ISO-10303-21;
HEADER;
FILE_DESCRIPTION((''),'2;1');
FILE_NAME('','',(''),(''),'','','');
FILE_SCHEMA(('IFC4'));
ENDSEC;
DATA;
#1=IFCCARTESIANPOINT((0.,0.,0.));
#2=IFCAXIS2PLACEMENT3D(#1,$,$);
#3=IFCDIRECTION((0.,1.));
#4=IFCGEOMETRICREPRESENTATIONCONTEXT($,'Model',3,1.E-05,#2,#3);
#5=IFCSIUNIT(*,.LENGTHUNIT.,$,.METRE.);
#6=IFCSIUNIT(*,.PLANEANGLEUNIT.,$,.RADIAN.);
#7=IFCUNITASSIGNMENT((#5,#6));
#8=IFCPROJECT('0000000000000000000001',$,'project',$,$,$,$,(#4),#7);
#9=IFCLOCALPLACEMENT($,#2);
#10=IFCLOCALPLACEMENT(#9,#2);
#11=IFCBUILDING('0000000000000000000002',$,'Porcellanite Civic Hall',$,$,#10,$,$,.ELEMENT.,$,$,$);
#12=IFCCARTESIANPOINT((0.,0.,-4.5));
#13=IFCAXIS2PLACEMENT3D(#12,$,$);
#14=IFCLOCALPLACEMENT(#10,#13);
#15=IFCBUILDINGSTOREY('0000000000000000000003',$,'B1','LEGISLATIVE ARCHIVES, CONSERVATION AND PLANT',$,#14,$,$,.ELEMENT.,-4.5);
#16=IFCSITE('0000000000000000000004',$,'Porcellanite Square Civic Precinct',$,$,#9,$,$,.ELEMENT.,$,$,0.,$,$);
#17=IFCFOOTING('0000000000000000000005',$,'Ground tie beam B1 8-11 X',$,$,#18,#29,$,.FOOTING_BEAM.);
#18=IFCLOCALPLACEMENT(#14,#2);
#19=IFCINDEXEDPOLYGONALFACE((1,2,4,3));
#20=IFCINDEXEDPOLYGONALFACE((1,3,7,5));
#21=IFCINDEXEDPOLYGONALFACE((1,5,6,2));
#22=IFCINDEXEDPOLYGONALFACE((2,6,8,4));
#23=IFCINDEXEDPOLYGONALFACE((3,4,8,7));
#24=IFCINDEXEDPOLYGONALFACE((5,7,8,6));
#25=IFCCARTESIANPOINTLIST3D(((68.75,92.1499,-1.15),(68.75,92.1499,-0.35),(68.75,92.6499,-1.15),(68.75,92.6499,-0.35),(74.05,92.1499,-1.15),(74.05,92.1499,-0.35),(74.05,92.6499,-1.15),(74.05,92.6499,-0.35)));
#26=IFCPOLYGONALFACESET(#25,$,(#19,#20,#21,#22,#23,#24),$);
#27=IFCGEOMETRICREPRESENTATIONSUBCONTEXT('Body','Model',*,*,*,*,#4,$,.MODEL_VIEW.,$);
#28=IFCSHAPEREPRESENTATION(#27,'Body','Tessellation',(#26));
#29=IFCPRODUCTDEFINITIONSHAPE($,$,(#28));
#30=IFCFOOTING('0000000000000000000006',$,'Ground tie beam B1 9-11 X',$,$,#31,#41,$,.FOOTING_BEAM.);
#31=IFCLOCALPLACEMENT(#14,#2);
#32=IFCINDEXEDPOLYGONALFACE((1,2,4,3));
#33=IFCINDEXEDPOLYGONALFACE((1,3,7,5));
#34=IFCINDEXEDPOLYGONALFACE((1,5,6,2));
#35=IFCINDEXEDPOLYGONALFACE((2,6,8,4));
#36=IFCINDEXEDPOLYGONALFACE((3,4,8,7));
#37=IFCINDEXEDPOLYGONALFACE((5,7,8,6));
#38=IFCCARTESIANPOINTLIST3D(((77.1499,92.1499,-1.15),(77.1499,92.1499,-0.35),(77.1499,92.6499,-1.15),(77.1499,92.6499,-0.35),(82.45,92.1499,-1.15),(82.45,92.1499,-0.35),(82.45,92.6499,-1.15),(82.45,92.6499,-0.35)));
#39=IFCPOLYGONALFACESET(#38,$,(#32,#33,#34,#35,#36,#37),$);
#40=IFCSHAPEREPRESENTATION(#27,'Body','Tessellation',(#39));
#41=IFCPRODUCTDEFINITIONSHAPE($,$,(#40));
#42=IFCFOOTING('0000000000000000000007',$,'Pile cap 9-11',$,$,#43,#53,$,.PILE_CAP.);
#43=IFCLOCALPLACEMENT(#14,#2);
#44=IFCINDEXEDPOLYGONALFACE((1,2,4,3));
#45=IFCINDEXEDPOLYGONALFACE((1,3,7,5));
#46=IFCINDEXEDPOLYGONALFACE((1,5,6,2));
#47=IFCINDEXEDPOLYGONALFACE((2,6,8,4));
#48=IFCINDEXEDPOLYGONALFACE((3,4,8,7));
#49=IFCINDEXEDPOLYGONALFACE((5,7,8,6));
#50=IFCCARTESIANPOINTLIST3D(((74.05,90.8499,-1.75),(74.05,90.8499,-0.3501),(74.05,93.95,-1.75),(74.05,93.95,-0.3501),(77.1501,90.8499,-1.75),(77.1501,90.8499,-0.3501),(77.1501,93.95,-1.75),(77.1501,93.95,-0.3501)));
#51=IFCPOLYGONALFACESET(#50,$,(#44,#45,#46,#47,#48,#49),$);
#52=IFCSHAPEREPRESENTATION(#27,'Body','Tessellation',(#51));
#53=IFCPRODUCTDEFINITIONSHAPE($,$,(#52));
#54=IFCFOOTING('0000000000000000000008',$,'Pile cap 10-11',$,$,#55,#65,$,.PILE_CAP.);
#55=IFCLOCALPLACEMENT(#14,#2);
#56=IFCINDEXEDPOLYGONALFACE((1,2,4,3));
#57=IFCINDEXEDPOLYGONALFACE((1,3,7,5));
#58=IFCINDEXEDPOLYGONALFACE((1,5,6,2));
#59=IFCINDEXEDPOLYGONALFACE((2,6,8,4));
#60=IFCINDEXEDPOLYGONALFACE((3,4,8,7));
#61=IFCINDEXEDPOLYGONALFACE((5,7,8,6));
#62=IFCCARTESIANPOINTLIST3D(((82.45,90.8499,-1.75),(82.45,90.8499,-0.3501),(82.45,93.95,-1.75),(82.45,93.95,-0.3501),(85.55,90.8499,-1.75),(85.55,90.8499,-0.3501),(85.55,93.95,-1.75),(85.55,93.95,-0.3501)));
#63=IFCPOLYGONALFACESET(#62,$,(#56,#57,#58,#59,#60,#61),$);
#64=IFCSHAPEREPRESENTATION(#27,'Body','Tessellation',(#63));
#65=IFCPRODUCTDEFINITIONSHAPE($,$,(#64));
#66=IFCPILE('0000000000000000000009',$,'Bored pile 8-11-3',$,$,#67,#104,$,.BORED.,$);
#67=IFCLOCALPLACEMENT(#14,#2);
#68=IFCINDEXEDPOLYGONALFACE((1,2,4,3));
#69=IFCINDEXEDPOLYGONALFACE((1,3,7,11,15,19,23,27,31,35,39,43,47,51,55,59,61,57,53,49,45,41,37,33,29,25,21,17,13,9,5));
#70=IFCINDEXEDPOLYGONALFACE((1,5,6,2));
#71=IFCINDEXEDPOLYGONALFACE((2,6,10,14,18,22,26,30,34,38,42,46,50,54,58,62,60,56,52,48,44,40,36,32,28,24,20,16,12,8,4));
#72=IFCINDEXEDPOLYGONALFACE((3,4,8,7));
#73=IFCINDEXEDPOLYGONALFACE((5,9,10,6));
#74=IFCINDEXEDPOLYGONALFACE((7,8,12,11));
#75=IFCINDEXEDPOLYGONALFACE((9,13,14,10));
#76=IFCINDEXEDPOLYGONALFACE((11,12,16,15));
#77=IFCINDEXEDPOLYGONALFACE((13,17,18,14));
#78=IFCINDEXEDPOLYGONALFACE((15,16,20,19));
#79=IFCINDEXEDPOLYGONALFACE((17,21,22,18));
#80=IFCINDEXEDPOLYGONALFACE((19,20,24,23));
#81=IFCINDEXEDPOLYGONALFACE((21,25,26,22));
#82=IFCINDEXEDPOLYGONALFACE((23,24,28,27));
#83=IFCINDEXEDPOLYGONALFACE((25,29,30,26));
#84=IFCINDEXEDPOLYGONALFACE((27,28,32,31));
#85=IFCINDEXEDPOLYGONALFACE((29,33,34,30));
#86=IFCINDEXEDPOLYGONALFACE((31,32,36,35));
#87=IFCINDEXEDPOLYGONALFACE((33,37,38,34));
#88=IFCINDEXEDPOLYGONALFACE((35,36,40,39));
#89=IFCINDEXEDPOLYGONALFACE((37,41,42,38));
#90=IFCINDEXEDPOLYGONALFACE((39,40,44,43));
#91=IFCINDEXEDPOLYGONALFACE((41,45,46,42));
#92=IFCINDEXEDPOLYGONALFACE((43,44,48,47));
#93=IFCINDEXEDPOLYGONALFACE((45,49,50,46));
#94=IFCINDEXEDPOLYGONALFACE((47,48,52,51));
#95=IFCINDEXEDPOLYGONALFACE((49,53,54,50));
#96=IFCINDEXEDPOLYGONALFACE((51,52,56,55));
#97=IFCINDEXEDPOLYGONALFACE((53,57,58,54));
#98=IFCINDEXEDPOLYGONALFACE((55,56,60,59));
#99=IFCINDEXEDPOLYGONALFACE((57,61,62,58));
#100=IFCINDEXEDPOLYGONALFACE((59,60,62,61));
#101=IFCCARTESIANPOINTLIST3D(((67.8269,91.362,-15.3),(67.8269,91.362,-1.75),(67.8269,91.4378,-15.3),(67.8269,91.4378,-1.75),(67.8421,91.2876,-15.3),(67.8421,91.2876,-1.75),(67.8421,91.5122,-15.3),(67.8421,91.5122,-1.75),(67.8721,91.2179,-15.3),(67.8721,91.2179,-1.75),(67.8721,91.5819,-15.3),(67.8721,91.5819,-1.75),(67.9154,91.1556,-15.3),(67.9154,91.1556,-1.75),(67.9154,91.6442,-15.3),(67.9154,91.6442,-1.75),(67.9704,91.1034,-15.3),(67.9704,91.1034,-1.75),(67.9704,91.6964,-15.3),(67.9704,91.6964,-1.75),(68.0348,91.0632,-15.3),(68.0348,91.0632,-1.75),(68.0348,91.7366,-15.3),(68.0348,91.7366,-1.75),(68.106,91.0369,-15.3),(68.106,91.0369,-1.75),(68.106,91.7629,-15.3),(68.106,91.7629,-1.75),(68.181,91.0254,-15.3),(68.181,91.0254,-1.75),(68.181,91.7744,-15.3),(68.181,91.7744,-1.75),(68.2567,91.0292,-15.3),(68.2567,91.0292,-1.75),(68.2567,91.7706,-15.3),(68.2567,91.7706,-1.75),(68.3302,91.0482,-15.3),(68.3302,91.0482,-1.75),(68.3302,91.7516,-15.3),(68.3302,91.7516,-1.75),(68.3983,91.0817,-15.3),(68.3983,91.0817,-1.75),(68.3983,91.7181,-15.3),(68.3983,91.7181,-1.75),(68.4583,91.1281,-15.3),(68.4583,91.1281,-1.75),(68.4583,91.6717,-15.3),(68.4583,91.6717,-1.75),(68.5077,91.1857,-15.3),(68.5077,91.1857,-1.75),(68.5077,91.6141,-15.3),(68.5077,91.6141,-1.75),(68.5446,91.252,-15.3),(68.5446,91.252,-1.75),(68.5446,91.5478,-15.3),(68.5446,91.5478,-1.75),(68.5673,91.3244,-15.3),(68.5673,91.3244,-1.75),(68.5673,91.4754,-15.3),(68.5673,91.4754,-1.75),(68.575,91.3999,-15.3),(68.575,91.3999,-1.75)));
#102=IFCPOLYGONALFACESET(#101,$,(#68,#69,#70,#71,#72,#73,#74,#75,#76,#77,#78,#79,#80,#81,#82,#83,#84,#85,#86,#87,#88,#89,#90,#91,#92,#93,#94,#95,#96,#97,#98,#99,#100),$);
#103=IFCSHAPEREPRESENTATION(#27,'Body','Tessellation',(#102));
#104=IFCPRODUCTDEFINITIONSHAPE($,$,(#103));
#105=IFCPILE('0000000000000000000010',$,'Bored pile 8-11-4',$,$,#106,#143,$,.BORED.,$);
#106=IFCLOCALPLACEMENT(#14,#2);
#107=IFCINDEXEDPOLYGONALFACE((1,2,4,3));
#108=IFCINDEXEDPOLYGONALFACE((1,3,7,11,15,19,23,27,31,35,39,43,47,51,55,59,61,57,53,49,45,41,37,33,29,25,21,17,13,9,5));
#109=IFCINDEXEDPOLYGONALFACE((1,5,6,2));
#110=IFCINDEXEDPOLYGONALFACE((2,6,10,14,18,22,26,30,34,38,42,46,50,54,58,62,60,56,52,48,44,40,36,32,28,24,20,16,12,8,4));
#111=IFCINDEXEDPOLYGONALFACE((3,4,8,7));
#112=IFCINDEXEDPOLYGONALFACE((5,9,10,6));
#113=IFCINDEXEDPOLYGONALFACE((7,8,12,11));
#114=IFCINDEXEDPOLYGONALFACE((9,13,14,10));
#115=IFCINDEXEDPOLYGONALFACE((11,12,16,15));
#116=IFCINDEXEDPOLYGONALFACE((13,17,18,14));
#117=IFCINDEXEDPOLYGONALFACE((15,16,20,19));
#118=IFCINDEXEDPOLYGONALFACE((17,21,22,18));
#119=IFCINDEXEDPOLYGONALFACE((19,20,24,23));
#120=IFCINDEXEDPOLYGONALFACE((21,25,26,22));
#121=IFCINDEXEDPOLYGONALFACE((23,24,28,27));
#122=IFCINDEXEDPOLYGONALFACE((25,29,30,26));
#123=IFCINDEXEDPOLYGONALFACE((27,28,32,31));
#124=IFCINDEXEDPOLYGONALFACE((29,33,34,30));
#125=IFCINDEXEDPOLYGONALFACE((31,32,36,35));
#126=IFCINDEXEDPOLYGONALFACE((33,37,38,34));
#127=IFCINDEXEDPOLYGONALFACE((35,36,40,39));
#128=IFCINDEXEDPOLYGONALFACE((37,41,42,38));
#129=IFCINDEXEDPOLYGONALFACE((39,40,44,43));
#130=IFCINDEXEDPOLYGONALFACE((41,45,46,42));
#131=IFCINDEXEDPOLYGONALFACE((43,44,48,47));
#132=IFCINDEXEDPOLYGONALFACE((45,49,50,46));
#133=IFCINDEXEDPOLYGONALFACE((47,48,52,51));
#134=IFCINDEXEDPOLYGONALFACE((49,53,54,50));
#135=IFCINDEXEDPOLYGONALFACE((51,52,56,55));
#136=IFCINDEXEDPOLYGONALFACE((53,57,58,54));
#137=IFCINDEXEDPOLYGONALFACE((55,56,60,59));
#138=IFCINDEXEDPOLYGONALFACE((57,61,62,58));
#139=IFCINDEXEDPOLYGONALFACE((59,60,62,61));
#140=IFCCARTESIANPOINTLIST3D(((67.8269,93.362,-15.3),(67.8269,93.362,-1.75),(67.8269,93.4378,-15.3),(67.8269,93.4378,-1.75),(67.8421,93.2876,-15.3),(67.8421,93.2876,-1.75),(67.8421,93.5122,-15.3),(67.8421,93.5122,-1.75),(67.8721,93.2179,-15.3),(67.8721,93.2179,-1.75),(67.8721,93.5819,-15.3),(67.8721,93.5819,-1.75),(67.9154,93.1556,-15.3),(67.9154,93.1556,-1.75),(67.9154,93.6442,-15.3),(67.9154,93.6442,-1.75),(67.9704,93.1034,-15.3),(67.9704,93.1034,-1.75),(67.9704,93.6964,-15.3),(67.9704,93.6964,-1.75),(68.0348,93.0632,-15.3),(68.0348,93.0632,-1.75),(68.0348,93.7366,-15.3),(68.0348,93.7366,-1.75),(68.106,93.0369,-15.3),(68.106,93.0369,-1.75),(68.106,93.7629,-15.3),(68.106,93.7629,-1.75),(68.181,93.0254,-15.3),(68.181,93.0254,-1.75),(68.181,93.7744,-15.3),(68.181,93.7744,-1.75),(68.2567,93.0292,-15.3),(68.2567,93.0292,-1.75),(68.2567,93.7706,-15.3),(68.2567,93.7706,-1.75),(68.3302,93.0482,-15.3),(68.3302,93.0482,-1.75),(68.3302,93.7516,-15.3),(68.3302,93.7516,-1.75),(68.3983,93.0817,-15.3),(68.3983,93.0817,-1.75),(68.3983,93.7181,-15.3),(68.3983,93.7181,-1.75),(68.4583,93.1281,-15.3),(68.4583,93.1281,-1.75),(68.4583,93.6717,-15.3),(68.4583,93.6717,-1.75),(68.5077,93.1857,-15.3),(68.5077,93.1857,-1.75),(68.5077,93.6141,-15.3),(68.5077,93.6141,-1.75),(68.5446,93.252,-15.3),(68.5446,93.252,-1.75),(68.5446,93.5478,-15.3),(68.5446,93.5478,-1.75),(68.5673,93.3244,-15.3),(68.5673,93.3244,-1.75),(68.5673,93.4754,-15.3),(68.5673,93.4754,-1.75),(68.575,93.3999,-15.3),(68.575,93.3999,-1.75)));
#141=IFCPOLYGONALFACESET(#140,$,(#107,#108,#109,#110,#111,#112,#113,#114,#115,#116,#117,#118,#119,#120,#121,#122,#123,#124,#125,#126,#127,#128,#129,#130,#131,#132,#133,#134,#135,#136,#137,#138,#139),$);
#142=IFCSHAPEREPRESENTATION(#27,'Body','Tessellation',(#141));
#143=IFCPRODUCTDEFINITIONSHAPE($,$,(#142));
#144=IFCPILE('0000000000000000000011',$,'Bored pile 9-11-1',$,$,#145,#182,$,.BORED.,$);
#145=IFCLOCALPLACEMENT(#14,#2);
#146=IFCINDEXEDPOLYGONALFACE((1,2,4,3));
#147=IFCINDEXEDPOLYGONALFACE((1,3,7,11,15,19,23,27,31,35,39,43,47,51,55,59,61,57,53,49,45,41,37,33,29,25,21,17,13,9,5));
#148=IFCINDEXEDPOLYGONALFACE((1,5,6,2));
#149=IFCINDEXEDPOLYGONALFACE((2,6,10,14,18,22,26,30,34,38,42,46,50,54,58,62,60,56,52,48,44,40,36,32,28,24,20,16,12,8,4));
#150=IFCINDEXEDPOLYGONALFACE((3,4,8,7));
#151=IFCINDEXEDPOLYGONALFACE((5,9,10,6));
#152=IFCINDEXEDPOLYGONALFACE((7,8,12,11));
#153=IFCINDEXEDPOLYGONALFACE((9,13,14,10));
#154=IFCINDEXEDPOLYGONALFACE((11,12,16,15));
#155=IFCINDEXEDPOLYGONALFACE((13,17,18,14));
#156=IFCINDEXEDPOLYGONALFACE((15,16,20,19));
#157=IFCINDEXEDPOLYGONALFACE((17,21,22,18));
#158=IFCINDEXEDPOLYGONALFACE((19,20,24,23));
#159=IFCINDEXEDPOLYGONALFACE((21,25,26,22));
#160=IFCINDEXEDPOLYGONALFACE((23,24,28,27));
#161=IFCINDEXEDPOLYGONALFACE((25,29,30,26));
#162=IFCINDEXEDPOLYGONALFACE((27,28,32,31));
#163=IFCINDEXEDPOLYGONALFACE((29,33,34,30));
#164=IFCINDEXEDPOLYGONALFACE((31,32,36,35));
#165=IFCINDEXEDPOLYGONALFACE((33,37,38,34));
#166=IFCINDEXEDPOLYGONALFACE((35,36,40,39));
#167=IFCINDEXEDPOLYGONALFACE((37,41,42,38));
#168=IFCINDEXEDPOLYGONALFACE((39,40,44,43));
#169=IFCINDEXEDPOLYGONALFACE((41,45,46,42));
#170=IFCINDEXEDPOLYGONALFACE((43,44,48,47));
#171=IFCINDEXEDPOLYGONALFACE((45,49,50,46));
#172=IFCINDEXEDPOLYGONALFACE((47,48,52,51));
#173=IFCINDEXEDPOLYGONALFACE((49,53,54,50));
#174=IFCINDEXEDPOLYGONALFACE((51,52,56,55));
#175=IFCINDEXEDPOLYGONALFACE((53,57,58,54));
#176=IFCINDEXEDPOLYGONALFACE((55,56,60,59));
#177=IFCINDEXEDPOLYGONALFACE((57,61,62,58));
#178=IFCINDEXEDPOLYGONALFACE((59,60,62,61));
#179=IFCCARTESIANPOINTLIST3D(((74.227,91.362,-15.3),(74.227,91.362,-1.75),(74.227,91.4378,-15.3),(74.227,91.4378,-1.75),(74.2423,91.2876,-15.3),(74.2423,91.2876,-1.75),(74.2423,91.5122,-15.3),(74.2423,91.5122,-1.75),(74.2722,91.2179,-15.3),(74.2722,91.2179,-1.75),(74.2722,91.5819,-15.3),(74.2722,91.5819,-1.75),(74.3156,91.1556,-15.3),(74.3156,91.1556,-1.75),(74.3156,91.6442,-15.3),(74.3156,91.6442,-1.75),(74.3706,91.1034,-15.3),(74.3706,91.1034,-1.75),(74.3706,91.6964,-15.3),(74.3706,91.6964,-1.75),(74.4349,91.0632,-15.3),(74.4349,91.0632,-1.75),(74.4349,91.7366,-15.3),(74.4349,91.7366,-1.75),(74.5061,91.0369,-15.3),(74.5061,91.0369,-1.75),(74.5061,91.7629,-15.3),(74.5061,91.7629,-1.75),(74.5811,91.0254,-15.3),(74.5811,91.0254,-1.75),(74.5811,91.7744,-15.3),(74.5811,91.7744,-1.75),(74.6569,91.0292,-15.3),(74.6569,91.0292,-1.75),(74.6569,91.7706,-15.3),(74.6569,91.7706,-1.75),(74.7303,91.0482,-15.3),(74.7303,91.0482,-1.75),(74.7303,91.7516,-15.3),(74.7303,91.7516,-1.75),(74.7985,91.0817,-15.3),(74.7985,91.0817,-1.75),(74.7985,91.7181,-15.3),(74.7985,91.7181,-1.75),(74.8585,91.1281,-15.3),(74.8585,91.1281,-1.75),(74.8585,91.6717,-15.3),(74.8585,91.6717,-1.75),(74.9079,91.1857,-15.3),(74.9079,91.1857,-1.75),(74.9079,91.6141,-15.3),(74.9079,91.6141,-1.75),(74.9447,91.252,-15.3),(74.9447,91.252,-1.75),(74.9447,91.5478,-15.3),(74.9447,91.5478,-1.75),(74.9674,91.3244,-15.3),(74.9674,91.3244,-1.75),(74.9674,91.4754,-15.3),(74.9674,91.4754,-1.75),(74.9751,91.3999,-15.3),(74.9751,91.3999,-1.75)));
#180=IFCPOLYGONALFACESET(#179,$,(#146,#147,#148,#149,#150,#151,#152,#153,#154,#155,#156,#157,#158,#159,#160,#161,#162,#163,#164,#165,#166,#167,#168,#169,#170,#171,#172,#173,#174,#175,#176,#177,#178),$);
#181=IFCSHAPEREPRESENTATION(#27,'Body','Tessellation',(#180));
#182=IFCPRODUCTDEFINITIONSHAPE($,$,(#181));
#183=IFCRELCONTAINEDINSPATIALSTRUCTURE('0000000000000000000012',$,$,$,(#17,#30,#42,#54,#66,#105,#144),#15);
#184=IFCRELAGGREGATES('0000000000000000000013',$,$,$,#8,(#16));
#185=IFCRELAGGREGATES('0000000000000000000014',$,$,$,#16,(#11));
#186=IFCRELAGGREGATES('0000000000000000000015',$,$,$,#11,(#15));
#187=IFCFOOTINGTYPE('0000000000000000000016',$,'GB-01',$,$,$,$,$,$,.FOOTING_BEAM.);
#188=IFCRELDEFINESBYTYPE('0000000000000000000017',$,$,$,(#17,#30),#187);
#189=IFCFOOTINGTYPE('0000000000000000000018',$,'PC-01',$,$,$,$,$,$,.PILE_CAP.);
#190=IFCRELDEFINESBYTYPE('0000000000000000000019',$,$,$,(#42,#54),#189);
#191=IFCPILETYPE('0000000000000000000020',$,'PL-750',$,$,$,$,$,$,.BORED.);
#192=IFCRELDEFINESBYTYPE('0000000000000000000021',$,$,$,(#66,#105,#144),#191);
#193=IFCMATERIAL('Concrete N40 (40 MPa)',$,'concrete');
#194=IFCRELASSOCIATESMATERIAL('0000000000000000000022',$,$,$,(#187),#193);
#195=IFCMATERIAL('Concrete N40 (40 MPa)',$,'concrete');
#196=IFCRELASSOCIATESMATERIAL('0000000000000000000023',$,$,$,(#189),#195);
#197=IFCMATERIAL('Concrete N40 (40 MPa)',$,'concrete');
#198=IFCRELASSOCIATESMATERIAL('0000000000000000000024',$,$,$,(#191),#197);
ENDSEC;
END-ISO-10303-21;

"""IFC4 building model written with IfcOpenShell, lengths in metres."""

from ifc_helpers import new_model, si_unit, direction, frame, origin, origin_2d, place, context, subcontext, project, spatial, rectangle, circle, extrude, material, material_profile, profile_set, type_object, element, save


model = new_model("IFC4")

# Units and contexts
model_context = context("Model", 3, precision=1e-05, world=origin(), true_north=direction((0.0, 1.0)))
body_context = subcontext(model_context, "Body", "Model", "MODEL_VIEW")
ifc_project = project(units=[si_unit("LENGTHUNIT", "METRE"), si_unit("PLANEANGLEUNIT", "RADIAN")], contexts=[model_context])

# Site, building, storey
site_placement = place(None, origin())
site = spatial("IfcSite", under=ifc_project, at=site_placement, Name="Porcellanite Square Civic Precinct", CompositionType="ELEMENT", RefElevation=0.0)
building_placement = place(site_placement, origin())
building = spatial("IfcBuilding", under=site, at=building_placement, Name="Porcellanite Civic Hall", CompositionType="ELEMENT")
storey_placement = place(building_placement, frame((0.0, 0.0, -4.5)))
storey = spatial("IfcBuildingStorey", under=building, at=storey_placement, Name="B1", Description="LEGISLATIVE ARCHIVES, CONSERVATION AND PLANT", CompositionType="ELEMENT", Elevation=-4.5)

# Footings
ifc_material_1 = material(Name="Concrete N40 (40 MPa)", Category="concrete")
ifc_material_profile_1 = material_profile(ifc_material_1, rectangle(XDim=0.5, YDim=0.8, at=origin_2d()), Name="RC-500x800")
ifc_profile_set_1 = profile_set([ifc_material_profile_1], Name="Concrete N40 (40 MPa)")
footing_type_1 = type_object("IfcFootingType", Name="GB-01", PredefinedType="FOOTING_BEAM", material=ifc_profile_set_1)
for number, where, z_axis, x_axis, name in (
    (1, (68.75, 92.3999, -0.75), (1.0, 0.0, 0.0), (0.0, 1.0, 0.0), "Ground tie beam B1 8-11 X"),
    (2, (77.1499, 92.3999, -0.75), (1.0, 0.0, 0.0), (0.0, 1.0, 0.0), "Ground tie beam B1 9-11 X"),
):
    element("IfcFooting", number, at=place(storey_placement, frame(where, z_axis=z_axis, x_axis=x_axis)), inside=storey, type_object=footing_type_1, Name=name, PredefinedType="FOOTING_BEAM", context=body_context, shape_type="SweptSolid", body=[
        extrude(rectangle(XDim=0.5, YDim=0.8, at=origin_2d()), origin(), (0.0, 0.0, 1.0), 5.3),
    ])
ifc_material_2 = material(Name="Concrete N40 (40 MPa)", Category="concrete")
footing_type_2 = type_object("IfcFootingType", Name="PC-01", PredefinedType="PILE_CAP", material=ifc_material_2)
for number, where, z_axis, x_axis, name in (
    (3, (75.6001, 92.3999, -1.75), (0.0, 0.0, 1.0), (1.0, 0.0, 0.0), "Pile cap 9-11"),
    (4, (84.0, 92.3999, -1.75), (0.0, 0.0, 1.0), (1.0, 0.0, 0.0), "Pile cap 10-11"),
):
    element("IfcFooting", number, at=place(storey_placement, frame(where, z_axis=z_axis, x_axis=x_axis)), inside=storey, type_object=footing_type_2, Name=name, PredefinedType="PILE_CAP", context=body_context, shape_type="SweptSolid", body=[
        extrude(rectangle(XDim=3.1001, YDim=3.1001, at=origin_2d()), origin(), (0.0, 0.0, 1.0), 1.3999),
    ])

# Piles
ifc_material_3 = material(Name="Concrete N40 (40 MPa)", Category="concrete")
ifc_material_profile_2 = material_profile(ifc_material_3, circle(Radius=0.375, at=origin_2d()), Name="PILE-D750")
ifc_profile_set_2 = profile_set([ifc_material_profile_2], Name="Concrete N40 (40 MPa)")
pile_type = type_object("IfcPileType", Name="PL-750", PredefinedType="BORED", material=ifc_profile_set_2)
for number, where, z_axis, x_axis, name in (
    (5, (68.2, 91.3999, -1.75), (0.0, 0.0, -1.0), (1.0, 0.0, 0.0), "Bored pile 8-11-3"),
    (6, (68.2, 93.3999, -1.75), (0.0, 0.0, -1.0), (1.0, 0.0, 0.0), "Bored pile 8-11-4"),
    (7, (74.6001, 91.3999, -1.75), (0.0, 0.0, -1.0), (1.0, 0.0, 0.0), "Bored pile 9-11-1"),
):
    element("IfcPile", number, at=place(storey_placement, frame(where, z_axis=z_axis, x_axis=x_axis)), inside=storey, type_object=pile_type, Name=name, PredefinedType="BORED", context=body_context, shape_type="SweptSolid", body=[
        extrude(circle(Radius=0.375, at=origin_2d()), origin(), (0.0, 0.0, 1.0), 13.55),
    ])

save(model, "model.ifc")
